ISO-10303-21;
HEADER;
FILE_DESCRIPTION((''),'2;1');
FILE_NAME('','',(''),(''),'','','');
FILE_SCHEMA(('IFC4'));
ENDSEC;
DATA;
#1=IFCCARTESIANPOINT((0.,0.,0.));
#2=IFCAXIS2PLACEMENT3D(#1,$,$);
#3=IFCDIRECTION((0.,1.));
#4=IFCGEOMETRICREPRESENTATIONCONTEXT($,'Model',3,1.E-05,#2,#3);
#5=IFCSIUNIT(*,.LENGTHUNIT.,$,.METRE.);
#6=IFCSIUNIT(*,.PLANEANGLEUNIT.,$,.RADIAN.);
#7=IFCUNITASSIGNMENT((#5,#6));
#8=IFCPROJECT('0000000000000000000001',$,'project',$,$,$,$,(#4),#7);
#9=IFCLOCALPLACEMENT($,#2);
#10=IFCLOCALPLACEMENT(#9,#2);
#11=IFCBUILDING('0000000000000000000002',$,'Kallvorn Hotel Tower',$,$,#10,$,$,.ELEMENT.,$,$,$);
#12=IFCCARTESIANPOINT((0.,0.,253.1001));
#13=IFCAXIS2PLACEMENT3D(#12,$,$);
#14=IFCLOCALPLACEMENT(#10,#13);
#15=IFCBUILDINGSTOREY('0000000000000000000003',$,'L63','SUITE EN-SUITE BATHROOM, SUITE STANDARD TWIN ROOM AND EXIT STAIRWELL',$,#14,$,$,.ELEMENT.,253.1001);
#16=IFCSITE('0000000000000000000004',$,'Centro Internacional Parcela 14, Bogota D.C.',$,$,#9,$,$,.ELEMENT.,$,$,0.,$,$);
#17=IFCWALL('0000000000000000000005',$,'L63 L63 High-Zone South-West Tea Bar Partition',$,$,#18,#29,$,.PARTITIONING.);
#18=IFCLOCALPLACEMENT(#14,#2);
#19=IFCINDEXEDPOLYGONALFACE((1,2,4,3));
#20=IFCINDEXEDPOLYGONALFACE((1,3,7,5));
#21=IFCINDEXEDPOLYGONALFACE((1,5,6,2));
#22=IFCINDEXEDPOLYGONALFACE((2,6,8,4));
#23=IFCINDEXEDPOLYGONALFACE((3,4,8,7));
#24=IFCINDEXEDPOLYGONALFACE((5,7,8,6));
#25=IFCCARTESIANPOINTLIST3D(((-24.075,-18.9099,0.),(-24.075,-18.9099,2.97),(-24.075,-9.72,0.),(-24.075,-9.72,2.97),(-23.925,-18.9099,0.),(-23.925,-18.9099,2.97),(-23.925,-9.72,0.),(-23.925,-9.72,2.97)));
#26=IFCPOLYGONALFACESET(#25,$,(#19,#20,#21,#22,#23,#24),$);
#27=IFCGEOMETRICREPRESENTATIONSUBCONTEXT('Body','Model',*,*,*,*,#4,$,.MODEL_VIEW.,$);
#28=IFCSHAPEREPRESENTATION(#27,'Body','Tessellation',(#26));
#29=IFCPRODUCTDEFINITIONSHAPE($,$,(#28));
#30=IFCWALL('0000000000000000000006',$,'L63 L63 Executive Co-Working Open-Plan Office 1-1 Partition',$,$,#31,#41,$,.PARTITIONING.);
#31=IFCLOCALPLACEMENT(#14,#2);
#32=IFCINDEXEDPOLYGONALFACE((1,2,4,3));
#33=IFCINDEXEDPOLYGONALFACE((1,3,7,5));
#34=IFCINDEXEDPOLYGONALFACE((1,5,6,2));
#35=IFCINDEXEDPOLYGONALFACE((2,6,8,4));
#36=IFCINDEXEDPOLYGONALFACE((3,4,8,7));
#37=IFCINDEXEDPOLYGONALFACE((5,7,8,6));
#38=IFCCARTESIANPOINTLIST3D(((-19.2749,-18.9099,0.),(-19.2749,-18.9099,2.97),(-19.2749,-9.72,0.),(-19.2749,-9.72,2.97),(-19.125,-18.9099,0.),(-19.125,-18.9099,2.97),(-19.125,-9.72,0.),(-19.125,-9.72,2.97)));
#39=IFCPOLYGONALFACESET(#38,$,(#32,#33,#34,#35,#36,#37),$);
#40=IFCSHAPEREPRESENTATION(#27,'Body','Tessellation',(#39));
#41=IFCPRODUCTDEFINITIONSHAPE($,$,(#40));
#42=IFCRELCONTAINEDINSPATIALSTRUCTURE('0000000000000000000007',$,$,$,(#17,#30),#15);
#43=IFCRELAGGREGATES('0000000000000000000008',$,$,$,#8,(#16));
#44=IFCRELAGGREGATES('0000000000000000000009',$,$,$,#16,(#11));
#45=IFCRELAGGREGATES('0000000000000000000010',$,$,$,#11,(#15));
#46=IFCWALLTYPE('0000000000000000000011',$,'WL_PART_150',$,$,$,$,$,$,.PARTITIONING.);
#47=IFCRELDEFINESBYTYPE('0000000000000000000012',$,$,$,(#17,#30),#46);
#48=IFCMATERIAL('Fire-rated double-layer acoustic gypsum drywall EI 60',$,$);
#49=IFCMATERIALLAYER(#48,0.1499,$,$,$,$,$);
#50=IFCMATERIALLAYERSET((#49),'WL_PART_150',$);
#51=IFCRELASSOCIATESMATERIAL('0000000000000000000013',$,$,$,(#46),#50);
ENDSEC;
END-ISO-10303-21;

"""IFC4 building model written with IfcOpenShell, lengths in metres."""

from ifc_helpers import new_model, si_unit, direction, frame, frame_2d, origin, place, context, subcontext, project, spatial, rectangle, extrude, material, layer, layer_set, type_object, element, save


model = new_model("IFC4")

# Units and contexts
model_context = context("Model", 3, precision=1e-05, world=origin(), true_north=direction((0.0, 1.0)))
body_context = subcontext(model_context, "Body", "Model", "MODEL_VIEW")
ifc_project = project(units=[si_unit("LENGTHUNIT", "METRE"), si_unit("PLANEANGLEUNIT", "RADIAN")], contexts=[model_context])

# Site, building, storey
site_placement = place(None, origin())
site = spatial("IfcSite", under=ifc_project, at=site_placement, Name="Centro Internacional Parcela 14, Bogota D.C.", CompositionType="ELEMENT", RefElevation=0.0)
building_placement = place(site_placement, origin())
building = spatial("IfcBuilding", under=site, at=building_placement, Name="Kallvorn Hotel Tower", CompositionType="ELEMENT")
storey_placement = place(building_placement, frame((0.0, 0.0, 253.1001)))
storey = spatial("IfcBuildingStorey", under=building, at=storey_placement, Name="L63", Description="SUITE EN-SUITE BATHROOM, SUITE STANDARD TWIN ROOM AND EXIT STAIRWELL", CompositionType="ELEMENT", Elevation=253.1001)

# Shared definitions
ifc_material_1 = material(Name="Fire-rated double-layer acoustic gypsum drywall EI 60")
ifc_layer_1 = layer(ifc_material_1, 0.1499)
ifc_layer_set_1 = layer_set([ifc_layer_1], Name="WL_PART_150")
wall_type_1 = type_object("IfcWallType", Name="WL_PART_150", PredefinedType="PARTITIONING", material=ifc_layer_set_1)

# Walls
for number, where, z_axis, x_axis, name in (
    (1, (-24.0, -18.9099, 0.0), (0.0, 0.0, 1.0), (0.0, 1.0, 0.0), "L63 L63 High-Zone South-West Tea Bar Partition"),
    (2, (-19.2, -18.9099, 0.0), (0.0, 0.0, 1.0), (0.0, 1.0, 0.0), "L63 L63 Executive Co-Working Open-Plan Office 1-1 Partition"),
):
    element("IfcWall", number, at=place(storey_placement, frame(where, z_axis=z_axis, x_axis=x_axis)), inside=storey, type_object=wall_type_1, Name=name, PredefinedType="PARTITIONING", context=body_context, shape_type="SweptSolid", body=[
        extrude(rectangle(XDim=9.1899, YDim=0.1499, at=frame_2d((4.595, 0.0))), origin(), (0.0, 0.0, 1.0), 2.97),
    ])

save(model, "model.ifc")
